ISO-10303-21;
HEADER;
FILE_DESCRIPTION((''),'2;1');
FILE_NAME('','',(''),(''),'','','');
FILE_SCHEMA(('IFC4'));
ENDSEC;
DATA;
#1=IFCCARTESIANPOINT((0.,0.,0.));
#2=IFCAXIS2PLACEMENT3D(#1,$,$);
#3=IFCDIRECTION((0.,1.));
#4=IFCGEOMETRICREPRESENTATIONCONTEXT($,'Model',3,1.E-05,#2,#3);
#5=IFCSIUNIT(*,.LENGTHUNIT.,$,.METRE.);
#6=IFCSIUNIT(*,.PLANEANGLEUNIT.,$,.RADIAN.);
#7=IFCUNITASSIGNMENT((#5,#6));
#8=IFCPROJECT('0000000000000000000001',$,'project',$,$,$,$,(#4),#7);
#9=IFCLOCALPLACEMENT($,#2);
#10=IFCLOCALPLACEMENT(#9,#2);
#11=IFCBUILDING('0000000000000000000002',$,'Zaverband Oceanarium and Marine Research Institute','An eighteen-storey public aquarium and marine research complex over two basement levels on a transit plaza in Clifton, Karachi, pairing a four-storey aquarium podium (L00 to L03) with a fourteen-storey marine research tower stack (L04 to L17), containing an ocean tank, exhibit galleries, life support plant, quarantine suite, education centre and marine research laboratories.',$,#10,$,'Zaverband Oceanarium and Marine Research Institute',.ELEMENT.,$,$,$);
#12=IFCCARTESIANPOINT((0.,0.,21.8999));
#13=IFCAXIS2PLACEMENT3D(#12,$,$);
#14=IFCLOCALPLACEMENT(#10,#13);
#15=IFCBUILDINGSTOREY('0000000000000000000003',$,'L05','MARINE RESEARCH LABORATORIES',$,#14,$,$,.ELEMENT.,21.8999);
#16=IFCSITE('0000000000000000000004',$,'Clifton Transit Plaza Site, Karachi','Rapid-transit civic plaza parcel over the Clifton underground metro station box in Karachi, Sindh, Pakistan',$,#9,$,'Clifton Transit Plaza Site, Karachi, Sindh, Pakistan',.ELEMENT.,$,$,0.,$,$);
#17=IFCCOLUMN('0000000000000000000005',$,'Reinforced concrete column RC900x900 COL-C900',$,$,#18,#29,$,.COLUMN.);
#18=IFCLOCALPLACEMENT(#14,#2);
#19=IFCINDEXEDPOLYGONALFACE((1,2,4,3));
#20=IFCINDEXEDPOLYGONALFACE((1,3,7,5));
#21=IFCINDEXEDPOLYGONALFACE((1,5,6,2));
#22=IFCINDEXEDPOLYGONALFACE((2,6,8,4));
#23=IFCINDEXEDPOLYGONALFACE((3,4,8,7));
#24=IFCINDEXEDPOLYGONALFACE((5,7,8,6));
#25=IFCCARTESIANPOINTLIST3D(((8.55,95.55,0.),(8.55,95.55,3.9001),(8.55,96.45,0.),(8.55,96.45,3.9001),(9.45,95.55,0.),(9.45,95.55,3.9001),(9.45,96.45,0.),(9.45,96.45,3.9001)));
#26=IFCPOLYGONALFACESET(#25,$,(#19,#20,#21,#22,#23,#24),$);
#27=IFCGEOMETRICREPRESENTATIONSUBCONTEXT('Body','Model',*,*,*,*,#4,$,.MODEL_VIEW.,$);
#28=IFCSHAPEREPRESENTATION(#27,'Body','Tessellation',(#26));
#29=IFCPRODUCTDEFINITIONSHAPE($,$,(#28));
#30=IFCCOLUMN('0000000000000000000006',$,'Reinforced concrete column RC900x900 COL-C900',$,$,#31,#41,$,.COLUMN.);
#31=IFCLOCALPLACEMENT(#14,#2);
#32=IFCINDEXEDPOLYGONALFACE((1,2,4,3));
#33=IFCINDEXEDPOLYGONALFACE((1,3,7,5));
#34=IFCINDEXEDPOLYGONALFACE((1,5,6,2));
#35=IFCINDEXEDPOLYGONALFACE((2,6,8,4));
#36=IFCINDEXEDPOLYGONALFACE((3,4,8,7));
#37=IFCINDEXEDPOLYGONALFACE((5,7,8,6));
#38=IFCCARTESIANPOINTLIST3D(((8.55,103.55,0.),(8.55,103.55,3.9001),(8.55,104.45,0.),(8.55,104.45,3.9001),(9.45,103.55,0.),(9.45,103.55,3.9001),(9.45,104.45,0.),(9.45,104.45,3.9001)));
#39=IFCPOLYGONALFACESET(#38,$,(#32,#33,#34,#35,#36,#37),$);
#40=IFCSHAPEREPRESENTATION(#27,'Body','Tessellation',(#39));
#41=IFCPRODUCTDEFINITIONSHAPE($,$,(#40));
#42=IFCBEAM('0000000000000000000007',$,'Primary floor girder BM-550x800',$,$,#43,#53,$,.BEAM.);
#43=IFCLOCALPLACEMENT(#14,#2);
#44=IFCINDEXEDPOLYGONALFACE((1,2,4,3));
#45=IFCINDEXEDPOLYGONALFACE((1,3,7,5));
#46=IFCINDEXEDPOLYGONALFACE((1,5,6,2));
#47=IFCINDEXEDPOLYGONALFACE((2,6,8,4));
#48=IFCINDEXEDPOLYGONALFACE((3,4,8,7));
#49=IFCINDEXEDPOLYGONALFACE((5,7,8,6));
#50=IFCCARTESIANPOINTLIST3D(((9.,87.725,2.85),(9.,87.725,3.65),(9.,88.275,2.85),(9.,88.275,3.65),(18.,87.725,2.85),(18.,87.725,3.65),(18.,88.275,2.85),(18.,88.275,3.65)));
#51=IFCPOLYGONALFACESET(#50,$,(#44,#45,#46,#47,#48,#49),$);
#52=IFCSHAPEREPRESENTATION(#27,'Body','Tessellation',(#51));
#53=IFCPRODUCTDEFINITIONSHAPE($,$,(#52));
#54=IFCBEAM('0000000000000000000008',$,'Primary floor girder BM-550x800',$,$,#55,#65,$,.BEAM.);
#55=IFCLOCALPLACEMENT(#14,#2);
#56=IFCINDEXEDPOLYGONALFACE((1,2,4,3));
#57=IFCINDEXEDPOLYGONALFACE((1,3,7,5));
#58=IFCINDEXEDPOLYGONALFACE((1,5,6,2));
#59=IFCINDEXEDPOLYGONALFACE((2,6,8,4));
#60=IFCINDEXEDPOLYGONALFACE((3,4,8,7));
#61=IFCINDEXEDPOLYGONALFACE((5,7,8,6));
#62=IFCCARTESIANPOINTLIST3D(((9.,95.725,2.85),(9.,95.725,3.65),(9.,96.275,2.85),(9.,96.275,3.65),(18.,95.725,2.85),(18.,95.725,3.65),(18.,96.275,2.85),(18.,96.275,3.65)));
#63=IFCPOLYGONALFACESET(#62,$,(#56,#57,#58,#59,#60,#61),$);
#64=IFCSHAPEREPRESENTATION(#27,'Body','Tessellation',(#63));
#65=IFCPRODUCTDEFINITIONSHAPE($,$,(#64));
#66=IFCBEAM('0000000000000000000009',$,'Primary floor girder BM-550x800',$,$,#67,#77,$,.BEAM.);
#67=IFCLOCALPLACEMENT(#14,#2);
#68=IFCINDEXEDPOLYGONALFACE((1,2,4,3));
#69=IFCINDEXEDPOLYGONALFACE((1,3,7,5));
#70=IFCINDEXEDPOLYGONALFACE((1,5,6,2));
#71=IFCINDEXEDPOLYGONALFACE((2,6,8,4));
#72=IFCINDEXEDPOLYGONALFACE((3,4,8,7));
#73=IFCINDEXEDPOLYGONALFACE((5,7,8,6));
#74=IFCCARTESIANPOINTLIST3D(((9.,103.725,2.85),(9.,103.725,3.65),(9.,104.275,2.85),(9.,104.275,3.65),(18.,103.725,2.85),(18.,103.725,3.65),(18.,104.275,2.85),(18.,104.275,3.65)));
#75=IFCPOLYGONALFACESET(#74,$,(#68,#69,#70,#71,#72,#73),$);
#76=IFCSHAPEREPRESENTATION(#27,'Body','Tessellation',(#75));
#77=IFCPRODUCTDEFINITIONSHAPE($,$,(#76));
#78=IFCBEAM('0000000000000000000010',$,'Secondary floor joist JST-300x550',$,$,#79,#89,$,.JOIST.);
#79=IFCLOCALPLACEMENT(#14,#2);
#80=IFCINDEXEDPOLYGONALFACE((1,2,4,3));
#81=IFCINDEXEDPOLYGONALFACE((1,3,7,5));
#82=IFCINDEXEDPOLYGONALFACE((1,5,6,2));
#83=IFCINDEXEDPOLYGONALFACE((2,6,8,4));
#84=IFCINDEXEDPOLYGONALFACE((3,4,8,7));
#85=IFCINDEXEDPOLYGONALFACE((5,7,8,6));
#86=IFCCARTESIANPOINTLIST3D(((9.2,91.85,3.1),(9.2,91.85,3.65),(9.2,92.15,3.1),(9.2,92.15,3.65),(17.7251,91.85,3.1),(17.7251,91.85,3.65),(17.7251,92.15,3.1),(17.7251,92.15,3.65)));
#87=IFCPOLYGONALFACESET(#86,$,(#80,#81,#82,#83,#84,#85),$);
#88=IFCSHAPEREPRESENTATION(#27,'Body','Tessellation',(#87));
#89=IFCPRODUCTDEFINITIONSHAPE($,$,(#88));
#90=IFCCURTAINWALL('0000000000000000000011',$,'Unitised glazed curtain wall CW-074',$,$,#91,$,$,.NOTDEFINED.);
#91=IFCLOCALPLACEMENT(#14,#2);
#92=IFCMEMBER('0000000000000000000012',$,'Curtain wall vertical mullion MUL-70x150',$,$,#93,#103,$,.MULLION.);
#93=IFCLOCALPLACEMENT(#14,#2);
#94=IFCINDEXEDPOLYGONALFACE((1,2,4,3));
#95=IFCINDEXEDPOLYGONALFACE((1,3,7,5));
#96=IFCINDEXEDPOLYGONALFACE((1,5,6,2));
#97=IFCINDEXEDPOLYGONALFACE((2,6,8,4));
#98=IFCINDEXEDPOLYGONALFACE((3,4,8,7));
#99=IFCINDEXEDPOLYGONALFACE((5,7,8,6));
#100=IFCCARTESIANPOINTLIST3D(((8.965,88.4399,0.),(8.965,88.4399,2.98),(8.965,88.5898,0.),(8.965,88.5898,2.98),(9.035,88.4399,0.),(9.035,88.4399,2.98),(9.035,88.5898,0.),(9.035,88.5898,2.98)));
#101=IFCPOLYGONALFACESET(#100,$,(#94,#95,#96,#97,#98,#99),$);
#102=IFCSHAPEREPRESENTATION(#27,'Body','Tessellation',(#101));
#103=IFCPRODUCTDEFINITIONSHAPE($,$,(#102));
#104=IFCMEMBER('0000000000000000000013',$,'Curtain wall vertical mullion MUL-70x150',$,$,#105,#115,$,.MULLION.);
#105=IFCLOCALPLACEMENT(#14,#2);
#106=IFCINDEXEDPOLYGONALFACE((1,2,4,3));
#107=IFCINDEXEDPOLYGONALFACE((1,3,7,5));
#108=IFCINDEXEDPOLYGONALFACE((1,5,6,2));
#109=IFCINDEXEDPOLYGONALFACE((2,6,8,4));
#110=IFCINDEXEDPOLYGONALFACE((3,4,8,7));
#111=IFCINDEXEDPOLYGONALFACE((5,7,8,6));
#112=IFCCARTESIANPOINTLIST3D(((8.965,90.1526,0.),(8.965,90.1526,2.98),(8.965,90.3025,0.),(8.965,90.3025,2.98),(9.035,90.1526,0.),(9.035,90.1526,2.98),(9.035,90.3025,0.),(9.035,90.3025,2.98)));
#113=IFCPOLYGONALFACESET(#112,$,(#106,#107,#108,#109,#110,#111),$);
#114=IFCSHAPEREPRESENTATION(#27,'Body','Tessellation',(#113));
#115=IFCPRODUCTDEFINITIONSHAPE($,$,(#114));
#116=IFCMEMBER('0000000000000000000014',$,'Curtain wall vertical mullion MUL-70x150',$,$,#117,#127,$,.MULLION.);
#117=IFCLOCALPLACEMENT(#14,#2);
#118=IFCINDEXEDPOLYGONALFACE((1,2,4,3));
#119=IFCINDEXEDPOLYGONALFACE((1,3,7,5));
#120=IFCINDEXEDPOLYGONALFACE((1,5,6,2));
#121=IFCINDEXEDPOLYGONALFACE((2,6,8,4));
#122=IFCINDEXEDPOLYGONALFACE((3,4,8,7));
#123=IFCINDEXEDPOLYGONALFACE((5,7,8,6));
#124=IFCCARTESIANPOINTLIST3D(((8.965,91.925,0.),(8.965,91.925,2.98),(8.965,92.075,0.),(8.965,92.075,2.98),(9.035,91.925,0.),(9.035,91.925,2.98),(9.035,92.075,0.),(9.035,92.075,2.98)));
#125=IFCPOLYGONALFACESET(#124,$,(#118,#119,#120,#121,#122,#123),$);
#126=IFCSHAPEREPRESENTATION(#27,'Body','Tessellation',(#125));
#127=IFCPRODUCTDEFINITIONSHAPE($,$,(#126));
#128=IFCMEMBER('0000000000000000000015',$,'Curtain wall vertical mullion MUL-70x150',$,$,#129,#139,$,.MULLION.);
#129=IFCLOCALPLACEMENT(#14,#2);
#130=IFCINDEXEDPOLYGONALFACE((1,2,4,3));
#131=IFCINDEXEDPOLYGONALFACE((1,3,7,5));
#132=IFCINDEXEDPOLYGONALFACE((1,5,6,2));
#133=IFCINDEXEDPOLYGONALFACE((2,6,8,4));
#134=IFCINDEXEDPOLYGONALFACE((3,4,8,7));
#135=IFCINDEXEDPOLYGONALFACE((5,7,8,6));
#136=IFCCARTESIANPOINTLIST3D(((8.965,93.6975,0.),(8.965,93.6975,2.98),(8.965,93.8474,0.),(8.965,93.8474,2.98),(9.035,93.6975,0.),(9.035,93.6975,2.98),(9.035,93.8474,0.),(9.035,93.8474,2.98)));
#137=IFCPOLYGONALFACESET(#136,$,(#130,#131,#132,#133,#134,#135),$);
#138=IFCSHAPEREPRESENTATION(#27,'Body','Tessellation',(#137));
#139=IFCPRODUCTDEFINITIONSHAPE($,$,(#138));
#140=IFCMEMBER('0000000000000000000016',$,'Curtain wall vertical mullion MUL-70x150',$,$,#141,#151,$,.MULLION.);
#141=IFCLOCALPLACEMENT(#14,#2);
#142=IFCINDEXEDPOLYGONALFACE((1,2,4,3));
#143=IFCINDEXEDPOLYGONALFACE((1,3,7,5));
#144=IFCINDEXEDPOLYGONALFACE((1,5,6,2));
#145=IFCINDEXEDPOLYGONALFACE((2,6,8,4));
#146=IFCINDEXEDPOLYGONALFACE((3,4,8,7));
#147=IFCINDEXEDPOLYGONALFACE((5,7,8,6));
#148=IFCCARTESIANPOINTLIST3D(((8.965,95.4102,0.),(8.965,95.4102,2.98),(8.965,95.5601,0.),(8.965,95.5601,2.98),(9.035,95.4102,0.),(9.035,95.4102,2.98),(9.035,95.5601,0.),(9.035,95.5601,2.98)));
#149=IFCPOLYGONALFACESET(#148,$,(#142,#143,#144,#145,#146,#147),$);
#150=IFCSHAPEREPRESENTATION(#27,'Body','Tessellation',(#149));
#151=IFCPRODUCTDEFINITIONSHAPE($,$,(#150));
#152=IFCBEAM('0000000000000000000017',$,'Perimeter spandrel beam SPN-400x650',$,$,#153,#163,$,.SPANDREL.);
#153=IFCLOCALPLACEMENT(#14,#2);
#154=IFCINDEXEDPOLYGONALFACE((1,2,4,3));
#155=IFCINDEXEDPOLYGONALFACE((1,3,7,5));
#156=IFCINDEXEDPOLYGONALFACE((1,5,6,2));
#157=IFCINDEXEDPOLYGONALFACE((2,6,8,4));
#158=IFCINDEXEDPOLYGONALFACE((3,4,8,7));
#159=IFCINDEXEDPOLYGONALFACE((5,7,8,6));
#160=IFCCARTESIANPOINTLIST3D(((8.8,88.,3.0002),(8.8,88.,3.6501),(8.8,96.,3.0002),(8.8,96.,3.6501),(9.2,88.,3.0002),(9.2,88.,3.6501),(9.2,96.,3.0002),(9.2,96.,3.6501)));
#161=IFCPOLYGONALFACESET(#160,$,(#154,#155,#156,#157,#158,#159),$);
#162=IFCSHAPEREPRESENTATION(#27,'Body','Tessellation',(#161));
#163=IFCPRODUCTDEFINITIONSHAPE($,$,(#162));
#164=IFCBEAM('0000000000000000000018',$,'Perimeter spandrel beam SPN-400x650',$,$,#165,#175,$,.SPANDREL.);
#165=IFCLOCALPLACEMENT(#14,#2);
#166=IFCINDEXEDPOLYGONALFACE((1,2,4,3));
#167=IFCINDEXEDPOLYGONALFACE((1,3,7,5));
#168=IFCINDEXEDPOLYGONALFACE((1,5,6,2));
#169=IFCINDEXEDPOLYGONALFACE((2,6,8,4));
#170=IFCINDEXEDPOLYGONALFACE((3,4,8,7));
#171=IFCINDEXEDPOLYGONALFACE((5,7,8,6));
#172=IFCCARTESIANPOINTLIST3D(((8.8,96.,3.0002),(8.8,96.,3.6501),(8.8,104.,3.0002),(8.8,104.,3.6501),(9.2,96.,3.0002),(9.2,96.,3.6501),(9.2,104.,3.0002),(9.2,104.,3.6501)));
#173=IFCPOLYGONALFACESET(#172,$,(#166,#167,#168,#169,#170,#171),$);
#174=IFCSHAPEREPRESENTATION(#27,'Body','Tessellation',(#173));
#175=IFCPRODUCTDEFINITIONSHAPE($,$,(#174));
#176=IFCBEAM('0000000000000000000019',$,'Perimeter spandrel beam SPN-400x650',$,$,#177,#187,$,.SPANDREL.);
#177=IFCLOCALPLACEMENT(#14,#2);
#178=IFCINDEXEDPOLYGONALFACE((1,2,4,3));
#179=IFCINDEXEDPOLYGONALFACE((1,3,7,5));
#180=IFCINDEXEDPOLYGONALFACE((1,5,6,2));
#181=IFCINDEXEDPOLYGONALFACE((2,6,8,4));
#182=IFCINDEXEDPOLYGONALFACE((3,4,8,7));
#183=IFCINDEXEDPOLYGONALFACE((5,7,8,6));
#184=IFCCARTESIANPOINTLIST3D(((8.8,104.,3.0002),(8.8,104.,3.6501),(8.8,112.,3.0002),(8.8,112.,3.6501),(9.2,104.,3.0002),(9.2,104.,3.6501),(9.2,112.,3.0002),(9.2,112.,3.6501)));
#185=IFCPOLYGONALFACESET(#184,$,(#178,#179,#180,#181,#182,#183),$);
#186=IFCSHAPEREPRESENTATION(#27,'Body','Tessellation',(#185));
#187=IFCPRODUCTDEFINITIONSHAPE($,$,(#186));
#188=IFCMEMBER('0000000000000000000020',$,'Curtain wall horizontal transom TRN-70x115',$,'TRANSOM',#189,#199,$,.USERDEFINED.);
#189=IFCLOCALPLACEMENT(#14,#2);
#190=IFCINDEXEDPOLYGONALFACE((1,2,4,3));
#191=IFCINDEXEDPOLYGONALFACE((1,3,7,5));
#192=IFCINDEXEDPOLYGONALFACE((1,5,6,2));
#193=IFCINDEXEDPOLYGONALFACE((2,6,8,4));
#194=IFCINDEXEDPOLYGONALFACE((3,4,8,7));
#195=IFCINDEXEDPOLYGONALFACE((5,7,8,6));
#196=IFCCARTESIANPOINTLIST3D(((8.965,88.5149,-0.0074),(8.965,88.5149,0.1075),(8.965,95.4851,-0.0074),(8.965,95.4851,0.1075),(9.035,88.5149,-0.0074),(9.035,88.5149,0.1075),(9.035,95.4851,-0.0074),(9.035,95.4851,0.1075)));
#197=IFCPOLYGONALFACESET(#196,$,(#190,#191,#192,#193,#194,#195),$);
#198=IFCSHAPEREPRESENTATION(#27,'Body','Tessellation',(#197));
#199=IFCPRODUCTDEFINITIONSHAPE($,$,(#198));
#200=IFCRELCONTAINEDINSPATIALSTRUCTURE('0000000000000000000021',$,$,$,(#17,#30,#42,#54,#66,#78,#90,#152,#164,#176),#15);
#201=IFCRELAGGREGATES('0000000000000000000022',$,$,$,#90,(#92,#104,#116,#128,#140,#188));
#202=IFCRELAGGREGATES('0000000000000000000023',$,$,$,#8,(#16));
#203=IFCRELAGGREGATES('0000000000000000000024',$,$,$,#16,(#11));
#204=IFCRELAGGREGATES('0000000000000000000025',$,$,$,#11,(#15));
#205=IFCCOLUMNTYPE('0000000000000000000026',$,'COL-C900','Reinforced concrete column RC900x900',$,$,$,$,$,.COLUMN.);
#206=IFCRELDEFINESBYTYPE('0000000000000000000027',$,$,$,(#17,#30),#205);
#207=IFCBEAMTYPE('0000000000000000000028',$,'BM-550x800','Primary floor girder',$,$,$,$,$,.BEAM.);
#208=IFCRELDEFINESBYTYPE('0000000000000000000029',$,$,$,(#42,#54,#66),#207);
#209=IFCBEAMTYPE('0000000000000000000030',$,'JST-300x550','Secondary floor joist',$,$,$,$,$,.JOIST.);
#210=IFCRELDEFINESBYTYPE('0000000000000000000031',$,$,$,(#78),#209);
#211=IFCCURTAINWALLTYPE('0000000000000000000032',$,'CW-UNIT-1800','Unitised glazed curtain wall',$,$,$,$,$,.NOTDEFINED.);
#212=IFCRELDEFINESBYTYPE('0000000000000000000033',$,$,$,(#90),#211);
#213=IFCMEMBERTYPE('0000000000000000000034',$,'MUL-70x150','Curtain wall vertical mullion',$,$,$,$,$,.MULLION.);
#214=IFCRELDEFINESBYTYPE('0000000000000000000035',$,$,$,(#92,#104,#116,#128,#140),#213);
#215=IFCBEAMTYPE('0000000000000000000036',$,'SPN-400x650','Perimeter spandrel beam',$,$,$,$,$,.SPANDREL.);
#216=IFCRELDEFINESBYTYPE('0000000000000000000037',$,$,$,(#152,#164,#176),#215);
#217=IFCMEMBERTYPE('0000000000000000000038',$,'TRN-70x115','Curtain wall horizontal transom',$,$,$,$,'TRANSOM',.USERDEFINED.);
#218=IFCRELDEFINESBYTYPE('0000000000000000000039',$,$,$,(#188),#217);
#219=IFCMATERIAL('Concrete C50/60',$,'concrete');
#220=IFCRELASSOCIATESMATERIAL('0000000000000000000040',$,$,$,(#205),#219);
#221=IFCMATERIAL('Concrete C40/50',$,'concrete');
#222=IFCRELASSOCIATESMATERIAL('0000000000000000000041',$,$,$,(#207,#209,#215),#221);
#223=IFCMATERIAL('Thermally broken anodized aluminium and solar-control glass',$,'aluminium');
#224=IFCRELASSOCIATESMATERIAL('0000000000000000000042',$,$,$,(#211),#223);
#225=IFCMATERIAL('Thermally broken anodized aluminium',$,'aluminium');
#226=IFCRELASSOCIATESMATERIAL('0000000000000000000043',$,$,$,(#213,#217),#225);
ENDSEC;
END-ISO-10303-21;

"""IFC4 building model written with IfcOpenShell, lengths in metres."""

from ifc_helpers import new_model, si_unit, direction, frame, origin, origin_2d, place, context, subcontext, project, spatial, rectangle, extrude, material, material_profile, profile_set, type_object, element, aggregate, save


model = new_model("IFC4")

# Units and contexts
model_context = context("Model", 3, precision=1e-05, world=origin(), true_north=direction((0.0, 1.0)))
body_context = subcontext(model_context, "Body", "Model", "MODEL_VIEW")
ifc_project = project(units=[si_unit("LENGTHUNIT", "METRE"), si_unit("PLANEANGLEUNIT", "RADIAN")], contexts=[model_context])

# Site, building, storey
site_placement = place(None, origin())
site = spatial("IfcSite", under=ifc_project, at=site_placement, Name="Clifton Transit Plaza Site, Karachi", Description="Rapid-transit civic plaza parcel over the Clifton underground metro station box in Karachi, Sindh, Pakistan", LongName="Clifton Transit Plaza Site, Karachi, Sindh, Pakistan", CompositionType="ELEMENT", RefElevation=0.0)
building_placement = place(site_placement, origin())
building = spatial("IfcBuilding", under=site, at=building_placement, Name="Zaverband Oceanarium and Marine Research Institute", Description="An eighteen-storey public aquarium and marine research complex over two basement levels on a transit plaza in Clifton, Karachi, pairing a four-storey aquarium podium (L00 to L03) with a fourteen-storey marine research tower stack (L04 to L17), containing an ocean tank, exhibit galleries, life support plant, quarantine suite, education centre and marine research laboratories.", LongName="Zaverband Oceanarium and Marine Research Institute", CompositionType="ELEMENT")
storey_placement = place(building_placement, frame((0.0, 0.0, 21.8999)))
storey = spatial("IfcBuildingStorey", under=building, at=storey_placement, Name="L05", Description="MARINE RESEARCH LABORATORIES", CompositionType="ELEMENT", Elevation=21.8999)

# Columns
ifc_material_1 = material(Name="Concrete C50/60", Category="concrete")
ifc_material_profile_1 = material_profile(ifc_material_1, rectangle(XDim=0.8999, YDim=0.8999, at=origin_2d()), Name="RC900x900")
ifc_profile_set_1 = profile_set([ifc_material_profile_1], Name="Concrete C50/60")
column_type = type_object("IfcColumnType", Name="COL-C900", Description="Reinforced concrete column RC900x900", PredefinedType="COLUMN", material=ifc_profile_set_1)
for number, where, z_axis, x_axis, name in (
    (1, (9.0, 96.0, 0.0), (0.0, 0.0, 1.0), (1.0, 0.0, 0.0), "Reinforced concrete column RC900x900 COL-C900"),
    (2, (9.0, 104.0, 0.0), (0.0, 0.0, 1.0), (1.0, 0.0, 0.0), "Reinforced concrete column RC900x900 COL-C900"),
):
    element("IfcColumn", number, at=place(storey_placement, frame(where, z_axis=z_axis, x_axis=x_axis)), inside=storey, type_object=column_type, Name=name, PredefinedType="COLUMN", context=body_context, shape_type="SweptSolid", body=[
        extrude(rectangle(XDim=0.8999, YDim=0.8999, at=origin_2d()), origin(), (0.0, 0.0, 1.0), 3.9001),
    ])

# Beams
ifc_material_2 = material(Name="Concrete C40/50", Category="concrete")
ifc_material_profile_2 = material_profile(ifc_material_2, rectangle(XDim=0.55, YDim=0.8, at=origin_2d()), Name="RC550x800")
ifc_profile_set_2 = profile_set([ifc_material_profile_2], Name="Concrete C40/50")
beam_type_1 = type_object("IfcBeamType", Name="BM-550x800", Description="Primary floor girder", PredefinedType="BEAM", material=ifc_profile_set_2)
for number, where, z_axis, x_axis, name in (
    (3, (9.0, 88.0, 3.25), (1.0, 0.0, 0.0), (0.0, 1.0, 0.0), "Primary floor girder BM-550x800"),
    (4, (9.0, 96.0, 3.25), (1.0, 0.0, 0.0), (0.0, 1.0, 0.0), "Primary floor girder BM-550x800"),
    (5, (9.0, 104.0, 3.25), (1.0, 0.0, 0.0), (0.0, 1.0, 0.0), "Primary floor girder BM-550x800"),
):
    element("IfcBeam", number, at=place(storey_placement, frame(where, z_axis=z_axis, x_axis=x_axis)), inside=storey, type_object=beam_type_1, Name=name, PredefinedType="BEAM", context=body_context, shape_type="SweptSolid", body=[
        extrude(rectangle(XDim=0.55, YDim=0.8, at=origin_2d()), origin(), (0.0, 0.0, 1.0), 9.0),
    ])
ifc_material_profile_3 = material_profile(ifc_material_2, rectangle(XDim=0.3, YDim=0.55, at=origin_2d()), Name="RC300x550")
ifc_profile_set_3 = profile_set([ifc_material_profile_3], Name="Concrete C40/50")
beam_type_2 = type_object("IfcBeamType", Name="JST-300x550", Description="Secondary floor joist", PredefinedType="JOIST", material=ifc_profile_set_3)
beam_placement = place(storey_placement, frame((9.2, 92.0, 3.375), z_axis=(1.0, 0.0, 0.0), x_axis=(0.0, 1.0, 0.0)))
element("IfcBeam", 6, at=beam_placement, inside=storey, type_object=beam_type_2, Name="Secondary floor joist JST-300x550", PredefinedType="JOIST", context=body_context, shape_type="SweptSolid", body=[
    extrude(rectangle(XDim=0.3, YDim=0.55, at=origin_2d()), origin(), (0.0, 0.0, 1.0), 8.5251),
])

# Curtain wall, members
ifc_material_3 = material(Name="Thermally broken anodized aluminium and solar-control glass", Category="aluminium")
curtain_wall_type = type_object("IfcCurtainWallType", Name="CW-UNIT-1800", Description="Unitised glazed curtain wall", PredefinedType="NOTDEFINED", material=ifc_material_3)
curtain_wall_placement = place(storey_placement, origin())
curtain_wall = element("IfcCurtainWall", 7, at=curtain_wall_placement, inside=storey, type_object=curtain_wall_type, Name="Unitised glazed curtain wall CW-074", PredefinedType="NOTDEFINED")
ifc_material_4 = material(Name="Thermally broken anodized aluminium", Category="aluminium")
ifc_material_profile_4 = material_profile(ifc_material_4, rectangle(XDim=0.0701, YDim=0.1499, at=origin_2d()), Name="AL-MUL-70x150")
ifc_profile_set_4 = profile_set([ifc_material_profile_4], Name="Thermally broken anodized aluminium")
member_type_1 = type_object("IfcMemberType", Name="MUL-70x150", Description="Curtain wall vertical mullion", PredefinedType="MULLION", material=ifc_profile_set_4)
member_1_placement = place(storey_placement, frame((9.0, 88.5149, 0.0), z_axis=(0.0, 0.0, 1.0), x_axis=(1.0, 0.0, 0.0)))
member_1 = element("IfcMember", 8, at=member_1_placement, type_object=member_type_1, Name="Curtain wall vertical mullion MUL-70x150", PredefinedType="MULLION", context=body_context, shape_type="SweptSolid", body=[
    extrude(rectangle(XDim=0.0701, YDim=0.1499, at=origin_2d()), origin(), (0.0, 0.0, 1.0), 2.98),
])
member_2_placement = place(storey_placement, frame((9.0, 90.2275, 0.0), z_axis=(0.0, 0.0, 1.0), x_axis=(1.0, 0.0, 0.0)))
member_2 = element("IfcMember", 9, at=member_2_placement, type_object=member_type_1, Name="Curtain wall vertical mullion MUL-70x150", PredefinedType="MULLION", context=body_context, shape_type="SweptSolid", body=[
    extrude(rectangle(XDim=0.0701, YDim=0.1499, at=origin_2d()), origin(), (0.0, 0.0, 1.0), 2.98),
])
member_3_placement = place(storey_placement, frame((9.0, 92.0, 0.0), z_axis=(0.0, 0.0, 1.0), x_axis=(1.0, 0.0, 0.0)))
member_3 = element("IfcMember", 10, at=member_3_placement, type_object=member_type_1, Name="Curtain wall vertical mullion MUL-70x150", PredefinedType="MULLION", context=body_context, shape_type="SweptSolid", body=[
    extrude(rectangle(XDim=0.0701, YDim=0.1499, at=origin_2d()), origin(), (0.0, 0.0, 1.0), 2.98),
])
member_4_placement = place(storey_placement, frame((9.0, 93.7725, 0.0), z_axis=(0.0, 0.0, 1.0), x_axis=(1.0, 0.0, 0.0)))
member_4 = element("IfcMember", 11, at=member_4_placement, type_object=member_type_1, Name="Curtain wall vertical mullion MUL-70x150", PredefinedType="MULLION", context=body_context, shape_type="SweptSolid", body=[
    extrude(rectangle(XDim=0.0701, YDim=0.1499, at=origin_2d()), origin(), (0.0, 0.0, 1.0), 2.98),
])
member_5_placement = place(storey_placement, frame((9.0, 95.4851, 0.0), z_axis=(0.0, 0.0, 1.0), x_axis=(1.0, 0.0, 0.0)))
member_5 = element("IfcMember", 12, at=member_5_placement, type_object=member_type_1, Name="Curtain wall vertical mullion MUL-70x150", PredefinedType="MULLION", context=body_context, shape_type="SweptSolid", body=[
    extrude(rectangle(XDim=0.0701, YDim=0.1499, at=origin_2d()), origin(), (0.0, 0.0, 1.0), 2.98),
])

# Beams
ifc_material_profile_5 = material_profile(ifc_material_2, rectangle(XDim=0.3999, YDim=0.6499, at=origin_2d()), Name="RC400x650")
ifc_profile_set_5 = profile_set([ifc_material_profile_5], Name="Concrete C40/50")
beam_type_3 = type_object("IfcBeamType", Name="SPN-400x650", Description="Perimeter spandrel beam", PredefinedType="SPANDREL", material=ifc_profile_set_5)
for number, where, z_axis, x_axis, name in (
    (13, (9.0, 88.0, 3.3252), (0.0, 1.0, 0.0), (-1.0, 0.0, 0.0), "Perimeter spandrel beam SPN-400x650"),
    (14, (9.0, 96.0, 3.3252), (0.0, 1.0, 0.0), (-1.0, 0.0, 0.0), "Perimeter spandrel beam SPN-400x650"),
    (15, (9.0, 104.0, 3.3252), (0.0, 1.0, 0.0), (-1.0, 0.0, 0.0), "Perimeter spandrel beam SPN-400x650"),
):
    element("IfcBeam", number, at=place(storey_placement, frame(where, z_axis=z_axis, x_axis=x_axis)), inside=storey, type_object=beam_type_3, Name=name, PredefinedType="SPANDREL", context=body_context, shape_type="SweptSolid", body=[
        extrude(rectangle(XDim=0.3999, YDim=0.6499, at=origin_2d()), origin(), (0.0, 0.0, 1.0), 8.0),
    ])

# Member
ifc_material_profile_6 = material_profile(ifc_material_4, rectangle(XDim=0.0701, YDim=0.115, at=origin_2d()), Name="AL-TRN-70x115")
ifc_profile_set_6 = profile_set([ifc_material_profile_6], Name="Thermally broken anodized aluminium")
member_type_2 = type_object("IfcMemberType", Name="TRN-70x115", Description="Curtain wall horizontal transom", ElementType="TRANSOM", PredefinedType="USERDEFINED", material=ifc_profile_set_6)
member_6_placement = place(storey_placement, frame((9.0, 88.5149, 0.05), z_axis=(0.0, 1.0, 0.0), x_axis=(-1.0, 0.0, 0.0)))
member_6 = element("IfcMember", 16, at=member_6_placement, type_object=member_type_2, Name="Curtain wall horizontal transom TRN-70x115", ObjectType="TRANSOM", PredefinedType="USERDEFINED", context=body_context, shape_type="SweptSolid", body=[
    extrude(rectangle(XDim=0.0701, YDim=0.115, at=origin_2d()), origin(), (0.0, 0.0, 1.0), 6.9702),
])

aggregate(curtain_wall, [member_1, member_2, member_3, member_4, member_5, member_6])

save(model, "model.ifc")
